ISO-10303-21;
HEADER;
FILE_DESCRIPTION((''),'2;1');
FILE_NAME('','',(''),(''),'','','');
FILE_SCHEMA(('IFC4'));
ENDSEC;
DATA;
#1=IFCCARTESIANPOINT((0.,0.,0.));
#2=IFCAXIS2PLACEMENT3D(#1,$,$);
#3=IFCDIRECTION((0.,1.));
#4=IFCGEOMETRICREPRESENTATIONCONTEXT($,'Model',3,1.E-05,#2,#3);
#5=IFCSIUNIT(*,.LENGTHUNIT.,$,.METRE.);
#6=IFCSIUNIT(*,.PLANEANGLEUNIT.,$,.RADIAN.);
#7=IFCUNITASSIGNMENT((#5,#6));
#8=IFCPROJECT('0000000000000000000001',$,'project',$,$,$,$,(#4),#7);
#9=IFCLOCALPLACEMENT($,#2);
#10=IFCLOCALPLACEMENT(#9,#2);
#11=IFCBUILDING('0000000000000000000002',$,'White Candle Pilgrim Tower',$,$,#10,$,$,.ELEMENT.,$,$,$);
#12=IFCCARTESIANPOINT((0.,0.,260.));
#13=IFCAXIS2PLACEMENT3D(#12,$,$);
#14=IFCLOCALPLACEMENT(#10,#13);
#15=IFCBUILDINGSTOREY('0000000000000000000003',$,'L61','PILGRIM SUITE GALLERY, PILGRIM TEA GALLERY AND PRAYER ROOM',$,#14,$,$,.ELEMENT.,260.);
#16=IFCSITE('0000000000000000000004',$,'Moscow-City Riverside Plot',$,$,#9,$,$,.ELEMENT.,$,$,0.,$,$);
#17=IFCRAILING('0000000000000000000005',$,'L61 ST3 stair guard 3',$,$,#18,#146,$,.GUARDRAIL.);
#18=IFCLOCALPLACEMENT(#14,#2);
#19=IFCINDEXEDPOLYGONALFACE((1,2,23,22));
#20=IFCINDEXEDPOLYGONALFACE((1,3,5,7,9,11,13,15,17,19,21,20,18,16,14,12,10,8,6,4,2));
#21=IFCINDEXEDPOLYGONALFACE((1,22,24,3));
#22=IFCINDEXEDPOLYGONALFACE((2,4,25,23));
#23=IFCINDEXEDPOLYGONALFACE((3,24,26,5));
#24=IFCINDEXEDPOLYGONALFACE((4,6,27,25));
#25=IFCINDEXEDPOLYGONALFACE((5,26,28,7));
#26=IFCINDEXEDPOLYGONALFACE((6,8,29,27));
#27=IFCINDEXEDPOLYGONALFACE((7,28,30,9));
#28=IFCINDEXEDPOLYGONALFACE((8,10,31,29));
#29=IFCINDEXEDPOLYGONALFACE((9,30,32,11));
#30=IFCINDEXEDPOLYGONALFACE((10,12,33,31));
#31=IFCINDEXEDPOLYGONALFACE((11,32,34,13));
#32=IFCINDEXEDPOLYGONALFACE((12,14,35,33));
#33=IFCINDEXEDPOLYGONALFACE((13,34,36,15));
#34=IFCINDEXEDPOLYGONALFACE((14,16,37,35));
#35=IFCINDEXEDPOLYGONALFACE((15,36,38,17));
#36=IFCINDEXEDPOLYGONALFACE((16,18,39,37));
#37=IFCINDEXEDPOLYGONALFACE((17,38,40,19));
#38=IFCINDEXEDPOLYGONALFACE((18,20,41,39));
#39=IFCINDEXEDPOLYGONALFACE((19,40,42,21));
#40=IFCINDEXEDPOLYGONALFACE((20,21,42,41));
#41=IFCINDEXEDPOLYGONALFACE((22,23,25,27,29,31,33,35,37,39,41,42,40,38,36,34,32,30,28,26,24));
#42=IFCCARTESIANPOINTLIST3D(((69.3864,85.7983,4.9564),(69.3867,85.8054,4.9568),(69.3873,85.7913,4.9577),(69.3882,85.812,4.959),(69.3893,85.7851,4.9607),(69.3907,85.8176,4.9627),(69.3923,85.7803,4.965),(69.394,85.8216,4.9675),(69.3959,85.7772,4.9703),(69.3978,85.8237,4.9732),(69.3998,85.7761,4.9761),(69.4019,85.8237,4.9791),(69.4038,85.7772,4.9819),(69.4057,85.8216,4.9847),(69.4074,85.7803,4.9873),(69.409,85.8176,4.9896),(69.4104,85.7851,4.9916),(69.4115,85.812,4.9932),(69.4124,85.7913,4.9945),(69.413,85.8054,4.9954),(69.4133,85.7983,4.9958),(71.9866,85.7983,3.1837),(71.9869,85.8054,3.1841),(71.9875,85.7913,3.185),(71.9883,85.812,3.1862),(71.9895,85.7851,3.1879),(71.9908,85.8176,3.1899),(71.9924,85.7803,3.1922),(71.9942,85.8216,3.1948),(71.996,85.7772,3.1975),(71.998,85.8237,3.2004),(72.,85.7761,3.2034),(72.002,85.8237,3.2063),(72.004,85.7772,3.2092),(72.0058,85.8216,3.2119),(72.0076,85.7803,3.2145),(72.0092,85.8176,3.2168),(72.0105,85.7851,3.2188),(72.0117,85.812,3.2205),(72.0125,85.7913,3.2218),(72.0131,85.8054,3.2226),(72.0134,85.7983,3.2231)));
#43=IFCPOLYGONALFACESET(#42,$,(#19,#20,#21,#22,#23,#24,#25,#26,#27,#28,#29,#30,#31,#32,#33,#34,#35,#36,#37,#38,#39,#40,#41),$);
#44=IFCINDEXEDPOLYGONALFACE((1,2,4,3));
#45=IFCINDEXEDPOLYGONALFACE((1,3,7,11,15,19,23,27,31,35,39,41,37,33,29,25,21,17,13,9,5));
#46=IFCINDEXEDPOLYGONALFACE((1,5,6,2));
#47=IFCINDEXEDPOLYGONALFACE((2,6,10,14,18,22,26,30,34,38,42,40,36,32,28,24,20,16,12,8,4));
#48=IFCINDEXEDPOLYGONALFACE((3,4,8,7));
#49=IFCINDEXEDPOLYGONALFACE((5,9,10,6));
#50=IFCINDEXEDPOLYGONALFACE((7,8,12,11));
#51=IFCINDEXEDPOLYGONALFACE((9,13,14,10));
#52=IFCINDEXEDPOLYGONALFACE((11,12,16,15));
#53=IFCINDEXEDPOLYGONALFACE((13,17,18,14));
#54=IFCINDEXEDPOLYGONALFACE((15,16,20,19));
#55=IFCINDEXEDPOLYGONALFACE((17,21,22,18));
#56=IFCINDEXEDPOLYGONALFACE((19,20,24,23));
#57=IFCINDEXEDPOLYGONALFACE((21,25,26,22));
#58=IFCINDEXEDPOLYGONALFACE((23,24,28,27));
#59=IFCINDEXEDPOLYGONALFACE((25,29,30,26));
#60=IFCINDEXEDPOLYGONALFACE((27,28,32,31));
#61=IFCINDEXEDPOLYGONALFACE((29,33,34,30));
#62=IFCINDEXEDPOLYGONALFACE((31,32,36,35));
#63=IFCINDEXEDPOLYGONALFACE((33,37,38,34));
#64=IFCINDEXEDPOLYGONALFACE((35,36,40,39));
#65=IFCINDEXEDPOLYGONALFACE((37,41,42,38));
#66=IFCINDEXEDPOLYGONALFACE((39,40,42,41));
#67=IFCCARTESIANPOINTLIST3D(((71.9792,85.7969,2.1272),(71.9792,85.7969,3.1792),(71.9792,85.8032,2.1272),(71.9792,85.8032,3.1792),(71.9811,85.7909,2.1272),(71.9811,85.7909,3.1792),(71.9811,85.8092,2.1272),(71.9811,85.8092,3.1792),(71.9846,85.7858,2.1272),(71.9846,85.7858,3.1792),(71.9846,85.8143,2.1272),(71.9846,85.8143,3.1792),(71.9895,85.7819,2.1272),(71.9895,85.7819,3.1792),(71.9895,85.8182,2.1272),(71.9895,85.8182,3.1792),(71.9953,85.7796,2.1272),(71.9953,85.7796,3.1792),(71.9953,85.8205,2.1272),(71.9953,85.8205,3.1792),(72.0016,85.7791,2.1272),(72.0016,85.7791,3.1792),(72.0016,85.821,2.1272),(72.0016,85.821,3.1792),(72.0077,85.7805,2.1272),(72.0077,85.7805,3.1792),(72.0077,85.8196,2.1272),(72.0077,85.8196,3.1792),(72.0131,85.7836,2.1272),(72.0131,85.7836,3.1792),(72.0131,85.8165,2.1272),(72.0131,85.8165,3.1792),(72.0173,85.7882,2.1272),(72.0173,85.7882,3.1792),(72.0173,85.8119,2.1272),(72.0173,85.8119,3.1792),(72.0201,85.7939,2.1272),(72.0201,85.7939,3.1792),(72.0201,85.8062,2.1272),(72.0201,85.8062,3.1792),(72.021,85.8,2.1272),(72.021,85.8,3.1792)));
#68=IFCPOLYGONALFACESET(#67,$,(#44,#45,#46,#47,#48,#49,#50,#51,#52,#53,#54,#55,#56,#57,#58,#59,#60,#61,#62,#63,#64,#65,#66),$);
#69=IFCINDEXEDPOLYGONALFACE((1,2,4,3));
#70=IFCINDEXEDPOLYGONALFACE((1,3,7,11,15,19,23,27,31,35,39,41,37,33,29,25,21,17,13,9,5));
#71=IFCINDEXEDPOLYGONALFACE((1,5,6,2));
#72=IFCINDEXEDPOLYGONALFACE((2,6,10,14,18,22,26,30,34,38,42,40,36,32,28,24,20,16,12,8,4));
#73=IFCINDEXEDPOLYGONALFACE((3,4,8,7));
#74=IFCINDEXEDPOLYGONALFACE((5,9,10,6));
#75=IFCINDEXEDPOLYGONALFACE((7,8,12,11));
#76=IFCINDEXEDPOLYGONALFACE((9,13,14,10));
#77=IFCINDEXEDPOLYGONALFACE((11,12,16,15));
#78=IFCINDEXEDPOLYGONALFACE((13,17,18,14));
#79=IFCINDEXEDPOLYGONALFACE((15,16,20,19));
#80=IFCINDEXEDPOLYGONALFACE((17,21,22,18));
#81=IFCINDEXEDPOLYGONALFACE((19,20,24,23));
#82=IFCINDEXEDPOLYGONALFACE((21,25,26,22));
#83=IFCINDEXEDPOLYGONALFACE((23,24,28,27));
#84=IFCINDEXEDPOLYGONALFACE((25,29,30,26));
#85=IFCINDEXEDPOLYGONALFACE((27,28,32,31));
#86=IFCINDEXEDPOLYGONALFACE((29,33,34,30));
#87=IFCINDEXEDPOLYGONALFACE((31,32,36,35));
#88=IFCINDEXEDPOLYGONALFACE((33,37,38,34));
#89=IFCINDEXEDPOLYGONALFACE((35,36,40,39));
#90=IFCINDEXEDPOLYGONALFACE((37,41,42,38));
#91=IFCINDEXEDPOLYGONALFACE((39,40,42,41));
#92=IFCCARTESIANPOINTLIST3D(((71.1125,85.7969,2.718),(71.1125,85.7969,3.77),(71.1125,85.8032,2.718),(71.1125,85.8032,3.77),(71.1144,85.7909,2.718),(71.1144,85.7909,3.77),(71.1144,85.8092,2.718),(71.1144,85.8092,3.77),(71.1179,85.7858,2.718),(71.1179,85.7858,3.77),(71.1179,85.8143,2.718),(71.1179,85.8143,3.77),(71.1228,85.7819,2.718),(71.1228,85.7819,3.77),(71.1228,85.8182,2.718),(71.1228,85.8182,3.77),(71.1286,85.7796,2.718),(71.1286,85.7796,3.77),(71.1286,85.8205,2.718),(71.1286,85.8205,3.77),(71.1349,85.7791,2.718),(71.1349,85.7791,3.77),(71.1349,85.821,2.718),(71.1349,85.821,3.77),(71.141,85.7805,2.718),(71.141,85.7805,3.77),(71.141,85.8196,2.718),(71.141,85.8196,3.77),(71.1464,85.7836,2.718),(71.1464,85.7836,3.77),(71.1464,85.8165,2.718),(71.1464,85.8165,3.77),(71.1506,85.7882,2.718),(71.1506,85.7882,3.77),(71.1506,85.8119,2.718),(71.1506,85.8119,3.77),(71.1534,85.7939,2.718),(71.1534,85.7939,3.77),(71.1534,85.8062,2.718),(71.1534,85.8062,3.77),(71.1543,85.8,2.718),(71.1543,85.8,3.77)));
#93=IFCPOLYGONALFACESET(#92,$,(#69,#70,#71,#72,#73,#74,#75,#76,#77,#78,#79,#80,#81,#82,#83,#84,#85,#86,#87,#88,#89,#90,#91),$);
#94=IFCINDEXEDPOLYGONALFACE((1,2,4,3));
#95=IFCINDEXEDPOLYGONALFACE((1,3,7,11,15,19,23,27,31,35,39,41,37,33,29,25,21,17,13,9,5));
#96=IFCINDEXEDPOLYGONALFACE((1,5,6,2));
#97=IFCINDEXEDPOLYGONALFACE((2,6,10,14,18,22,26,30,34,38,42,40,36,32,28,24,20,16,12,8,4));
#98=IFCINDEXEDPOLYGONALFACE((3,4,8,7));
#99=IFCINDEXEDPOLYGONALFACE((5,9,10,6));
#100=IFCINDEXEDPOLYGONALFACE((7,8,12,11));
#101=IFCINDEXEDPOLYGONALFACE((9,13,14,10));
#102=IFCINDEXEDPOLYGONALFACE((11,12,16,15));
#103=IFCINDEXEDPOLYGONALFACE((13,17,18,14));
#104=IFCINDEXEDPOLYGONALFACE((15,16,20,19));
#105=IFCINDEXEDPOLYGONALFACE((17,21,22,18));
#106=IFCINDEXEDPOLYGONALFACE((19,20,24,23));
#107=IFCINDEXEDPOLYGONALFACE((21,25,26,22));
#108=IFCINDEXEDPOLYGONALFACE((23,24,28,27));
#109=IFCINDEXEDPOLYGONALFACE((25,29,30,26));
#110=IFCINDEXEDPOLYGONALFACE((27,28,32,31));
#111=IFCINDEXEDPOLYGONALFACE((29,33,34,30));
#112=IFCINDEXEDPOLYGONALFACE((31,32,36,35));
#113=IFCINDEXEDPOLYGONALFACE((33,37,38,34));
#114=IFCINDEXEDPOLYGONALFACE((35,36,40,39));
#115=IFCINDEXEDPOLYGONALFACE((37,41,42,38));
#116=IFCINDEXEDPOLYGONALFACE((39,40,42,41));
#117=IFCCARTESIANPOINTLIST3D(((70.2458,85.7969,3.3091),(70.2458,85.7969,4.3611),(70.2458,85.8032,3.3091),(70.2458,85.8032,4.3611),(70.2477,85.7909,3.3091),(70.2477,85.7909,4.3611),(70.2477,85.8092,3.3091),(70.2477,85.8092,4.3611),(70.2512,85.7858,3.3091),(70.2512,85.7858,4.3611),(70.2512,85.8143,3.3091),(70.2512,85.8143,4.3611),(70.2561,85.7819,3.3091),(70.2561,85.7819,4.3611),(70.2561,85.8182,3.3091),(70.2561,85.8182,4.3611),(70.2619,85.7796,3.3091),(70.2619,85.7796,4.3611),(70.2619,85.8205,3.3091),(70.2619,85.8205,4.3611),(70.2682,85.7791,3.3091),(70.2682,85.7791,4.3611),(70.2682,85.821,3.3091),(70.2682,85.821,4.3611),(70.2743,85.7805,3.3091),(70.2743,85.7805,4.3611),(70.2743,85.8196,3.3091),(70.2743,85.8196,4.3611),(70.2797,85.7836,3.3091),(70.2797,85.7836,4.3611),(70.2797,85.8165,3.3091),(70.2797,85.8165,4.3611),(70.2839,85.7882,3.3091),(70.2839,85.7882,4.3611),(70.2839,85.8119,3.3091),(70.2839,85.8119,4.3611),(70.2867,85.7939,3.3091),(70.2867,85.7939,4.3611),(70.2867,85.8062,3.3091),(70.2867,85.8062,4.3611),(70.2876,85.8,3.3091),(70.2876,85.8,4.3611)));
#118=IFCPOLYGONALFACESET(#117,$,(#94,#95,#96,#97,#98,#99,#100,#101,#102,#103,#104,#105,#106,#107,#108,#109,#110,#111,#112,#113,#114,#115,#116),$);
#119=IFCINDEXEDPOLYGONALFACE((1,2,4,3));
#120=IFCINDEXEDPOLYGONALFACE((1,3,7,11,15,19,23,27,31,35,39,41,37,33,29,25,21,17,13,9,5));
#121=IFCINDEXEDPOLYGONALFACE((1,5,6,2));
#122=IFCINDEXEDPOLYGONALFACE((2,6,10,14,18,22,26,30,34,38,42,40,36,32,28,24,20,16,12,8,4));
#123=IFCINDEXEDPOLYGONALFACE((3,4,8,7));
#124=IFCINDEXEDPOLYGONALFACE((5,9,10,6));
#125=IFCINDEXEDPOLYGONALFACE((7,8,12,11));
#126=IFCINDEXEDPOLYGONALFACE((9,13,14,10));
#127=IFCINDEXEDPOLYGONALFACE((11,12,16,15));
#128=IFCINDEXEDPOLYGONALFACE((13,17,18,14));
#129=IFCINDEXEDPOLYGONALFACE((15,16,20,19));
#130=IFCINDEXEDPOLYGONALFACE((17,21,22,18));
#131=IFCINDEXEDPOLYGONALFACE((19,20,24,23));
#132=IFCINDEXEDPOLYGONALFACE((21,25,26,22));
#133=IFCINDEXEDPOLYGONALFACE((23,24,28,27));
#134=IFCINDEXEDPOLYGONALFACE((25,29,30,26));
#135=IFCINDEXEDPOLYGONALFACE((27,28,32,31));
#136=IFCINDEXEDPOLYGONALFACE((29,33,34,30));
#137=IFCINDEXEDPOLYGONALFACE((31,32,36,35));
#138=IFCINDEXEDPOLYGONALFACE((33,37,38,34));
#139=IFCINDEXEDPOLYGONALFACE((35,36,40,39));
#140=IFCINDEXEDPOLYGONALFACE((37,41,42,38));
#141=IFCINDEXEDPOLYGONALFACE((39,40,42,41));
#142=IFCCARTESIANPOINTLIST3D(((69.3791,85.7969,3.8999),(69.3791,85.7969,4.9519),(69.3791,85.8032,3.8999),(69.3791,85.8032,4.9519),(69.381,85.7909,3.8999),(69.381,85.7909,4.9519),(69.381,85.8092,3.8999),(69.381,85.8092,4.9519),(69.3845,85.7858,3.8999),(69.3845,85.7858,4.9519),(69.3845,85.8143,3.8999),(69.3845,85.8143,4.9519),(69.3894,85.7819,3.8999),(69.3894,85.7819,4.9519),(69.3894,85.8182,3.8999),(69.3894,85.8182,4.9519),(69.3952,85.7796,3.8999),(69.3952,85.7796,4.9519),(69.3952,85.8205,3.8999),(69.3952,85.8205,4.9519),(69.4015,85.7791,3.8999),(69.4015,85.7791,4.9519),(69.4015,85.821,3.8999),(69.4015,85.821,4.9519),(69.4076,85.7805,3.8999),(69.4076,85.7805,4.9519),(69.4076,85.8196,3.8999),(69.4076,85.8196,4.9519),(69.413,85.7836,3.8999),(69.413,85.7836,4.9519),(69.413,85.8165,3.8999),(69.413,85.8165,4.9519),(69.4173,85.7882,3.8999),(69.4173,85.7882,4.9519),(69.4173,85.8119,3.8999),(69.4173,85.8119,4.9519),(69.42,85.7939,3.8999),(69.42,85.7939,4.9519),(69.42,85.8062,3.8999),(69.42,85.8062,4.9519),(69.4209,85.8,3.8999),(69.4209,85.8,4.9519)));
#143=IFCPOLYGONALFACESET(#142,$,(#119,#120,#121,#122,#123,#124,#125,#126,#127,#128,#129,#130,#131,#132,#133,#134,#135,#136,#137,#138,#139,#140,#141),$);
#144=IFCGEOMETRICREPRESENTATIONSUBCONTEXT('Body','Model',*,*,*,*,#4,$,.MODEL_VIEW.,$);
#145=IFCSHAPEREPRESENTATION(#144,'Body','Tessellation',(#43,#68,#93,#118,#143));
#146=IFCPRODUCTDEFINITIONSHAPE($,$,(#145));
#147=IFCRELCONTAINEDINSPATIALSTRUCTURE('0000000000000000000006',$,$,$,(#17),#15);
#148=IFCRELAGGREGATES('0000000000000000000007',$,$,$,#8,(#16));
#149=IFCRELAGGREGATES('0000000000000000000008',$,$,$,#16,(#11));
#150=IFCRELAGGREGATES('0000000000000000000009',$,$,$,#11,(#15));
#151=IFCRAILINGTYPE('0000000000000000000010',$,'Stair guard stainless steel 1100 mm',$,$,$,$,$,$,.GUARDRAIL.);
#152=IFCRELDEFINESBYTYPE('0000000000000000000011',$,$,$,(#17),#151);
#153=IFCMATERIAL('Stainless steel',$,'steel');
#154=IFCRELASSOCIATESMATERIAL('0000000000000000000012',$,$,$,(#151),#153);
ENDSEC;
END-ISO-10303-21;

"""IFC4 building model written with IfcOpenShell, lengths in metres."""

from ifc_helpers import new_model, si_unit, direction, frame, origin, origin_2d, place, context, subcontext, project, spatial, circle, extrude, material, type_object, element, save


model = new_model("IFC4")

# Units and contexts
model_context = context("Model", 3, precision=1e-05, world=origin(), true_north=direction((0.0, 1.0)))
body_context = subcontext(model_context, "Body", "Model", "MODEL_VIEW")
ifc_project = project(units=[si_unit("LENGTHUNIT", "METRE"), si_unit("PLANEANGLEUNIT", "RADIAN")], contexts=[model_context])

# Site, building, storey
site_placement = place(None, origin())
site = spatial("IfcSite", under=ifc_project, at=site_placement, Name="Moscow-City Riverside Plot", CompositionType="ELEMENT", RefElevation=0.0)
building_placement = place(site_placement, origin())
building = spatial("IfcBuilding", under=site, at=building_placement, Name="White Candle Pilgrim Tower", CompositionType="ELEMENT")
storey_placement = place(building_placement, frame((0.0, 0.0, 260.0)))
storey = spatial("IfcBuildingStorey", under=building, at=storey_placement, Name="L61", Description="PILGRIM SUITE GALLERY, PILGRIM TEA GALLERY AND PRAYER ROOM", CompositionType="ELEMENT", Elevation=260.0)

# Railing
ifc_material_1 = material(Name="Stainless steel", Category="steel")
railing_type_1 = type_object("IfcRailingType", Name="Stair guard stainless steel 1100 mm", PredefinedType="GUARDRAIL", material=ifc_material_1)
railing_1_placement = place(storey_placement, frame((72.0, 85.8, 2.1272)))
element("IfcRailing", 1, at=railing_1_placement, inside=storey, type_object=railing_type_1, Name="L61 ST3 stair guard 3", PredefinedType="GUARDRAIL", context=body_context, shape_type="SweptSolid", body=[
    extrude(circle(Radius=0.0239, at=origin_2d()), frame((0.0, 0.0, 1.0762), z_axis=(-0.82624, 0.0, 0.563318), x_axis=(0.0, -1.0, 0.0)), (0.0, 0.0, 1.0), 3.147),
    extrude(circle(Radius=0.021, at=origin_2d()), origin(), (0.0, 0.0, 1.0), 1.052),
    extrude(circle(Radius=0.021, at=origin_2d()), frame((-0.8667, 0.0, 0.5908)), (0.0, 0.0, 1.0), 1.052),
    extrude(circle(Radius=0.021, at=origin_2d()), frame((-1.7334, 0.0, 1.1819)), (0.0, 0.0, 1.0), 1.052),
    extrude(circle(Radius=0.021, at=origin_2d()), frame((-2.6001, 0.0, 1.7727)), (0.0, 0.0, 1.0), 1.052),
])

save(model, "model.ifc")
